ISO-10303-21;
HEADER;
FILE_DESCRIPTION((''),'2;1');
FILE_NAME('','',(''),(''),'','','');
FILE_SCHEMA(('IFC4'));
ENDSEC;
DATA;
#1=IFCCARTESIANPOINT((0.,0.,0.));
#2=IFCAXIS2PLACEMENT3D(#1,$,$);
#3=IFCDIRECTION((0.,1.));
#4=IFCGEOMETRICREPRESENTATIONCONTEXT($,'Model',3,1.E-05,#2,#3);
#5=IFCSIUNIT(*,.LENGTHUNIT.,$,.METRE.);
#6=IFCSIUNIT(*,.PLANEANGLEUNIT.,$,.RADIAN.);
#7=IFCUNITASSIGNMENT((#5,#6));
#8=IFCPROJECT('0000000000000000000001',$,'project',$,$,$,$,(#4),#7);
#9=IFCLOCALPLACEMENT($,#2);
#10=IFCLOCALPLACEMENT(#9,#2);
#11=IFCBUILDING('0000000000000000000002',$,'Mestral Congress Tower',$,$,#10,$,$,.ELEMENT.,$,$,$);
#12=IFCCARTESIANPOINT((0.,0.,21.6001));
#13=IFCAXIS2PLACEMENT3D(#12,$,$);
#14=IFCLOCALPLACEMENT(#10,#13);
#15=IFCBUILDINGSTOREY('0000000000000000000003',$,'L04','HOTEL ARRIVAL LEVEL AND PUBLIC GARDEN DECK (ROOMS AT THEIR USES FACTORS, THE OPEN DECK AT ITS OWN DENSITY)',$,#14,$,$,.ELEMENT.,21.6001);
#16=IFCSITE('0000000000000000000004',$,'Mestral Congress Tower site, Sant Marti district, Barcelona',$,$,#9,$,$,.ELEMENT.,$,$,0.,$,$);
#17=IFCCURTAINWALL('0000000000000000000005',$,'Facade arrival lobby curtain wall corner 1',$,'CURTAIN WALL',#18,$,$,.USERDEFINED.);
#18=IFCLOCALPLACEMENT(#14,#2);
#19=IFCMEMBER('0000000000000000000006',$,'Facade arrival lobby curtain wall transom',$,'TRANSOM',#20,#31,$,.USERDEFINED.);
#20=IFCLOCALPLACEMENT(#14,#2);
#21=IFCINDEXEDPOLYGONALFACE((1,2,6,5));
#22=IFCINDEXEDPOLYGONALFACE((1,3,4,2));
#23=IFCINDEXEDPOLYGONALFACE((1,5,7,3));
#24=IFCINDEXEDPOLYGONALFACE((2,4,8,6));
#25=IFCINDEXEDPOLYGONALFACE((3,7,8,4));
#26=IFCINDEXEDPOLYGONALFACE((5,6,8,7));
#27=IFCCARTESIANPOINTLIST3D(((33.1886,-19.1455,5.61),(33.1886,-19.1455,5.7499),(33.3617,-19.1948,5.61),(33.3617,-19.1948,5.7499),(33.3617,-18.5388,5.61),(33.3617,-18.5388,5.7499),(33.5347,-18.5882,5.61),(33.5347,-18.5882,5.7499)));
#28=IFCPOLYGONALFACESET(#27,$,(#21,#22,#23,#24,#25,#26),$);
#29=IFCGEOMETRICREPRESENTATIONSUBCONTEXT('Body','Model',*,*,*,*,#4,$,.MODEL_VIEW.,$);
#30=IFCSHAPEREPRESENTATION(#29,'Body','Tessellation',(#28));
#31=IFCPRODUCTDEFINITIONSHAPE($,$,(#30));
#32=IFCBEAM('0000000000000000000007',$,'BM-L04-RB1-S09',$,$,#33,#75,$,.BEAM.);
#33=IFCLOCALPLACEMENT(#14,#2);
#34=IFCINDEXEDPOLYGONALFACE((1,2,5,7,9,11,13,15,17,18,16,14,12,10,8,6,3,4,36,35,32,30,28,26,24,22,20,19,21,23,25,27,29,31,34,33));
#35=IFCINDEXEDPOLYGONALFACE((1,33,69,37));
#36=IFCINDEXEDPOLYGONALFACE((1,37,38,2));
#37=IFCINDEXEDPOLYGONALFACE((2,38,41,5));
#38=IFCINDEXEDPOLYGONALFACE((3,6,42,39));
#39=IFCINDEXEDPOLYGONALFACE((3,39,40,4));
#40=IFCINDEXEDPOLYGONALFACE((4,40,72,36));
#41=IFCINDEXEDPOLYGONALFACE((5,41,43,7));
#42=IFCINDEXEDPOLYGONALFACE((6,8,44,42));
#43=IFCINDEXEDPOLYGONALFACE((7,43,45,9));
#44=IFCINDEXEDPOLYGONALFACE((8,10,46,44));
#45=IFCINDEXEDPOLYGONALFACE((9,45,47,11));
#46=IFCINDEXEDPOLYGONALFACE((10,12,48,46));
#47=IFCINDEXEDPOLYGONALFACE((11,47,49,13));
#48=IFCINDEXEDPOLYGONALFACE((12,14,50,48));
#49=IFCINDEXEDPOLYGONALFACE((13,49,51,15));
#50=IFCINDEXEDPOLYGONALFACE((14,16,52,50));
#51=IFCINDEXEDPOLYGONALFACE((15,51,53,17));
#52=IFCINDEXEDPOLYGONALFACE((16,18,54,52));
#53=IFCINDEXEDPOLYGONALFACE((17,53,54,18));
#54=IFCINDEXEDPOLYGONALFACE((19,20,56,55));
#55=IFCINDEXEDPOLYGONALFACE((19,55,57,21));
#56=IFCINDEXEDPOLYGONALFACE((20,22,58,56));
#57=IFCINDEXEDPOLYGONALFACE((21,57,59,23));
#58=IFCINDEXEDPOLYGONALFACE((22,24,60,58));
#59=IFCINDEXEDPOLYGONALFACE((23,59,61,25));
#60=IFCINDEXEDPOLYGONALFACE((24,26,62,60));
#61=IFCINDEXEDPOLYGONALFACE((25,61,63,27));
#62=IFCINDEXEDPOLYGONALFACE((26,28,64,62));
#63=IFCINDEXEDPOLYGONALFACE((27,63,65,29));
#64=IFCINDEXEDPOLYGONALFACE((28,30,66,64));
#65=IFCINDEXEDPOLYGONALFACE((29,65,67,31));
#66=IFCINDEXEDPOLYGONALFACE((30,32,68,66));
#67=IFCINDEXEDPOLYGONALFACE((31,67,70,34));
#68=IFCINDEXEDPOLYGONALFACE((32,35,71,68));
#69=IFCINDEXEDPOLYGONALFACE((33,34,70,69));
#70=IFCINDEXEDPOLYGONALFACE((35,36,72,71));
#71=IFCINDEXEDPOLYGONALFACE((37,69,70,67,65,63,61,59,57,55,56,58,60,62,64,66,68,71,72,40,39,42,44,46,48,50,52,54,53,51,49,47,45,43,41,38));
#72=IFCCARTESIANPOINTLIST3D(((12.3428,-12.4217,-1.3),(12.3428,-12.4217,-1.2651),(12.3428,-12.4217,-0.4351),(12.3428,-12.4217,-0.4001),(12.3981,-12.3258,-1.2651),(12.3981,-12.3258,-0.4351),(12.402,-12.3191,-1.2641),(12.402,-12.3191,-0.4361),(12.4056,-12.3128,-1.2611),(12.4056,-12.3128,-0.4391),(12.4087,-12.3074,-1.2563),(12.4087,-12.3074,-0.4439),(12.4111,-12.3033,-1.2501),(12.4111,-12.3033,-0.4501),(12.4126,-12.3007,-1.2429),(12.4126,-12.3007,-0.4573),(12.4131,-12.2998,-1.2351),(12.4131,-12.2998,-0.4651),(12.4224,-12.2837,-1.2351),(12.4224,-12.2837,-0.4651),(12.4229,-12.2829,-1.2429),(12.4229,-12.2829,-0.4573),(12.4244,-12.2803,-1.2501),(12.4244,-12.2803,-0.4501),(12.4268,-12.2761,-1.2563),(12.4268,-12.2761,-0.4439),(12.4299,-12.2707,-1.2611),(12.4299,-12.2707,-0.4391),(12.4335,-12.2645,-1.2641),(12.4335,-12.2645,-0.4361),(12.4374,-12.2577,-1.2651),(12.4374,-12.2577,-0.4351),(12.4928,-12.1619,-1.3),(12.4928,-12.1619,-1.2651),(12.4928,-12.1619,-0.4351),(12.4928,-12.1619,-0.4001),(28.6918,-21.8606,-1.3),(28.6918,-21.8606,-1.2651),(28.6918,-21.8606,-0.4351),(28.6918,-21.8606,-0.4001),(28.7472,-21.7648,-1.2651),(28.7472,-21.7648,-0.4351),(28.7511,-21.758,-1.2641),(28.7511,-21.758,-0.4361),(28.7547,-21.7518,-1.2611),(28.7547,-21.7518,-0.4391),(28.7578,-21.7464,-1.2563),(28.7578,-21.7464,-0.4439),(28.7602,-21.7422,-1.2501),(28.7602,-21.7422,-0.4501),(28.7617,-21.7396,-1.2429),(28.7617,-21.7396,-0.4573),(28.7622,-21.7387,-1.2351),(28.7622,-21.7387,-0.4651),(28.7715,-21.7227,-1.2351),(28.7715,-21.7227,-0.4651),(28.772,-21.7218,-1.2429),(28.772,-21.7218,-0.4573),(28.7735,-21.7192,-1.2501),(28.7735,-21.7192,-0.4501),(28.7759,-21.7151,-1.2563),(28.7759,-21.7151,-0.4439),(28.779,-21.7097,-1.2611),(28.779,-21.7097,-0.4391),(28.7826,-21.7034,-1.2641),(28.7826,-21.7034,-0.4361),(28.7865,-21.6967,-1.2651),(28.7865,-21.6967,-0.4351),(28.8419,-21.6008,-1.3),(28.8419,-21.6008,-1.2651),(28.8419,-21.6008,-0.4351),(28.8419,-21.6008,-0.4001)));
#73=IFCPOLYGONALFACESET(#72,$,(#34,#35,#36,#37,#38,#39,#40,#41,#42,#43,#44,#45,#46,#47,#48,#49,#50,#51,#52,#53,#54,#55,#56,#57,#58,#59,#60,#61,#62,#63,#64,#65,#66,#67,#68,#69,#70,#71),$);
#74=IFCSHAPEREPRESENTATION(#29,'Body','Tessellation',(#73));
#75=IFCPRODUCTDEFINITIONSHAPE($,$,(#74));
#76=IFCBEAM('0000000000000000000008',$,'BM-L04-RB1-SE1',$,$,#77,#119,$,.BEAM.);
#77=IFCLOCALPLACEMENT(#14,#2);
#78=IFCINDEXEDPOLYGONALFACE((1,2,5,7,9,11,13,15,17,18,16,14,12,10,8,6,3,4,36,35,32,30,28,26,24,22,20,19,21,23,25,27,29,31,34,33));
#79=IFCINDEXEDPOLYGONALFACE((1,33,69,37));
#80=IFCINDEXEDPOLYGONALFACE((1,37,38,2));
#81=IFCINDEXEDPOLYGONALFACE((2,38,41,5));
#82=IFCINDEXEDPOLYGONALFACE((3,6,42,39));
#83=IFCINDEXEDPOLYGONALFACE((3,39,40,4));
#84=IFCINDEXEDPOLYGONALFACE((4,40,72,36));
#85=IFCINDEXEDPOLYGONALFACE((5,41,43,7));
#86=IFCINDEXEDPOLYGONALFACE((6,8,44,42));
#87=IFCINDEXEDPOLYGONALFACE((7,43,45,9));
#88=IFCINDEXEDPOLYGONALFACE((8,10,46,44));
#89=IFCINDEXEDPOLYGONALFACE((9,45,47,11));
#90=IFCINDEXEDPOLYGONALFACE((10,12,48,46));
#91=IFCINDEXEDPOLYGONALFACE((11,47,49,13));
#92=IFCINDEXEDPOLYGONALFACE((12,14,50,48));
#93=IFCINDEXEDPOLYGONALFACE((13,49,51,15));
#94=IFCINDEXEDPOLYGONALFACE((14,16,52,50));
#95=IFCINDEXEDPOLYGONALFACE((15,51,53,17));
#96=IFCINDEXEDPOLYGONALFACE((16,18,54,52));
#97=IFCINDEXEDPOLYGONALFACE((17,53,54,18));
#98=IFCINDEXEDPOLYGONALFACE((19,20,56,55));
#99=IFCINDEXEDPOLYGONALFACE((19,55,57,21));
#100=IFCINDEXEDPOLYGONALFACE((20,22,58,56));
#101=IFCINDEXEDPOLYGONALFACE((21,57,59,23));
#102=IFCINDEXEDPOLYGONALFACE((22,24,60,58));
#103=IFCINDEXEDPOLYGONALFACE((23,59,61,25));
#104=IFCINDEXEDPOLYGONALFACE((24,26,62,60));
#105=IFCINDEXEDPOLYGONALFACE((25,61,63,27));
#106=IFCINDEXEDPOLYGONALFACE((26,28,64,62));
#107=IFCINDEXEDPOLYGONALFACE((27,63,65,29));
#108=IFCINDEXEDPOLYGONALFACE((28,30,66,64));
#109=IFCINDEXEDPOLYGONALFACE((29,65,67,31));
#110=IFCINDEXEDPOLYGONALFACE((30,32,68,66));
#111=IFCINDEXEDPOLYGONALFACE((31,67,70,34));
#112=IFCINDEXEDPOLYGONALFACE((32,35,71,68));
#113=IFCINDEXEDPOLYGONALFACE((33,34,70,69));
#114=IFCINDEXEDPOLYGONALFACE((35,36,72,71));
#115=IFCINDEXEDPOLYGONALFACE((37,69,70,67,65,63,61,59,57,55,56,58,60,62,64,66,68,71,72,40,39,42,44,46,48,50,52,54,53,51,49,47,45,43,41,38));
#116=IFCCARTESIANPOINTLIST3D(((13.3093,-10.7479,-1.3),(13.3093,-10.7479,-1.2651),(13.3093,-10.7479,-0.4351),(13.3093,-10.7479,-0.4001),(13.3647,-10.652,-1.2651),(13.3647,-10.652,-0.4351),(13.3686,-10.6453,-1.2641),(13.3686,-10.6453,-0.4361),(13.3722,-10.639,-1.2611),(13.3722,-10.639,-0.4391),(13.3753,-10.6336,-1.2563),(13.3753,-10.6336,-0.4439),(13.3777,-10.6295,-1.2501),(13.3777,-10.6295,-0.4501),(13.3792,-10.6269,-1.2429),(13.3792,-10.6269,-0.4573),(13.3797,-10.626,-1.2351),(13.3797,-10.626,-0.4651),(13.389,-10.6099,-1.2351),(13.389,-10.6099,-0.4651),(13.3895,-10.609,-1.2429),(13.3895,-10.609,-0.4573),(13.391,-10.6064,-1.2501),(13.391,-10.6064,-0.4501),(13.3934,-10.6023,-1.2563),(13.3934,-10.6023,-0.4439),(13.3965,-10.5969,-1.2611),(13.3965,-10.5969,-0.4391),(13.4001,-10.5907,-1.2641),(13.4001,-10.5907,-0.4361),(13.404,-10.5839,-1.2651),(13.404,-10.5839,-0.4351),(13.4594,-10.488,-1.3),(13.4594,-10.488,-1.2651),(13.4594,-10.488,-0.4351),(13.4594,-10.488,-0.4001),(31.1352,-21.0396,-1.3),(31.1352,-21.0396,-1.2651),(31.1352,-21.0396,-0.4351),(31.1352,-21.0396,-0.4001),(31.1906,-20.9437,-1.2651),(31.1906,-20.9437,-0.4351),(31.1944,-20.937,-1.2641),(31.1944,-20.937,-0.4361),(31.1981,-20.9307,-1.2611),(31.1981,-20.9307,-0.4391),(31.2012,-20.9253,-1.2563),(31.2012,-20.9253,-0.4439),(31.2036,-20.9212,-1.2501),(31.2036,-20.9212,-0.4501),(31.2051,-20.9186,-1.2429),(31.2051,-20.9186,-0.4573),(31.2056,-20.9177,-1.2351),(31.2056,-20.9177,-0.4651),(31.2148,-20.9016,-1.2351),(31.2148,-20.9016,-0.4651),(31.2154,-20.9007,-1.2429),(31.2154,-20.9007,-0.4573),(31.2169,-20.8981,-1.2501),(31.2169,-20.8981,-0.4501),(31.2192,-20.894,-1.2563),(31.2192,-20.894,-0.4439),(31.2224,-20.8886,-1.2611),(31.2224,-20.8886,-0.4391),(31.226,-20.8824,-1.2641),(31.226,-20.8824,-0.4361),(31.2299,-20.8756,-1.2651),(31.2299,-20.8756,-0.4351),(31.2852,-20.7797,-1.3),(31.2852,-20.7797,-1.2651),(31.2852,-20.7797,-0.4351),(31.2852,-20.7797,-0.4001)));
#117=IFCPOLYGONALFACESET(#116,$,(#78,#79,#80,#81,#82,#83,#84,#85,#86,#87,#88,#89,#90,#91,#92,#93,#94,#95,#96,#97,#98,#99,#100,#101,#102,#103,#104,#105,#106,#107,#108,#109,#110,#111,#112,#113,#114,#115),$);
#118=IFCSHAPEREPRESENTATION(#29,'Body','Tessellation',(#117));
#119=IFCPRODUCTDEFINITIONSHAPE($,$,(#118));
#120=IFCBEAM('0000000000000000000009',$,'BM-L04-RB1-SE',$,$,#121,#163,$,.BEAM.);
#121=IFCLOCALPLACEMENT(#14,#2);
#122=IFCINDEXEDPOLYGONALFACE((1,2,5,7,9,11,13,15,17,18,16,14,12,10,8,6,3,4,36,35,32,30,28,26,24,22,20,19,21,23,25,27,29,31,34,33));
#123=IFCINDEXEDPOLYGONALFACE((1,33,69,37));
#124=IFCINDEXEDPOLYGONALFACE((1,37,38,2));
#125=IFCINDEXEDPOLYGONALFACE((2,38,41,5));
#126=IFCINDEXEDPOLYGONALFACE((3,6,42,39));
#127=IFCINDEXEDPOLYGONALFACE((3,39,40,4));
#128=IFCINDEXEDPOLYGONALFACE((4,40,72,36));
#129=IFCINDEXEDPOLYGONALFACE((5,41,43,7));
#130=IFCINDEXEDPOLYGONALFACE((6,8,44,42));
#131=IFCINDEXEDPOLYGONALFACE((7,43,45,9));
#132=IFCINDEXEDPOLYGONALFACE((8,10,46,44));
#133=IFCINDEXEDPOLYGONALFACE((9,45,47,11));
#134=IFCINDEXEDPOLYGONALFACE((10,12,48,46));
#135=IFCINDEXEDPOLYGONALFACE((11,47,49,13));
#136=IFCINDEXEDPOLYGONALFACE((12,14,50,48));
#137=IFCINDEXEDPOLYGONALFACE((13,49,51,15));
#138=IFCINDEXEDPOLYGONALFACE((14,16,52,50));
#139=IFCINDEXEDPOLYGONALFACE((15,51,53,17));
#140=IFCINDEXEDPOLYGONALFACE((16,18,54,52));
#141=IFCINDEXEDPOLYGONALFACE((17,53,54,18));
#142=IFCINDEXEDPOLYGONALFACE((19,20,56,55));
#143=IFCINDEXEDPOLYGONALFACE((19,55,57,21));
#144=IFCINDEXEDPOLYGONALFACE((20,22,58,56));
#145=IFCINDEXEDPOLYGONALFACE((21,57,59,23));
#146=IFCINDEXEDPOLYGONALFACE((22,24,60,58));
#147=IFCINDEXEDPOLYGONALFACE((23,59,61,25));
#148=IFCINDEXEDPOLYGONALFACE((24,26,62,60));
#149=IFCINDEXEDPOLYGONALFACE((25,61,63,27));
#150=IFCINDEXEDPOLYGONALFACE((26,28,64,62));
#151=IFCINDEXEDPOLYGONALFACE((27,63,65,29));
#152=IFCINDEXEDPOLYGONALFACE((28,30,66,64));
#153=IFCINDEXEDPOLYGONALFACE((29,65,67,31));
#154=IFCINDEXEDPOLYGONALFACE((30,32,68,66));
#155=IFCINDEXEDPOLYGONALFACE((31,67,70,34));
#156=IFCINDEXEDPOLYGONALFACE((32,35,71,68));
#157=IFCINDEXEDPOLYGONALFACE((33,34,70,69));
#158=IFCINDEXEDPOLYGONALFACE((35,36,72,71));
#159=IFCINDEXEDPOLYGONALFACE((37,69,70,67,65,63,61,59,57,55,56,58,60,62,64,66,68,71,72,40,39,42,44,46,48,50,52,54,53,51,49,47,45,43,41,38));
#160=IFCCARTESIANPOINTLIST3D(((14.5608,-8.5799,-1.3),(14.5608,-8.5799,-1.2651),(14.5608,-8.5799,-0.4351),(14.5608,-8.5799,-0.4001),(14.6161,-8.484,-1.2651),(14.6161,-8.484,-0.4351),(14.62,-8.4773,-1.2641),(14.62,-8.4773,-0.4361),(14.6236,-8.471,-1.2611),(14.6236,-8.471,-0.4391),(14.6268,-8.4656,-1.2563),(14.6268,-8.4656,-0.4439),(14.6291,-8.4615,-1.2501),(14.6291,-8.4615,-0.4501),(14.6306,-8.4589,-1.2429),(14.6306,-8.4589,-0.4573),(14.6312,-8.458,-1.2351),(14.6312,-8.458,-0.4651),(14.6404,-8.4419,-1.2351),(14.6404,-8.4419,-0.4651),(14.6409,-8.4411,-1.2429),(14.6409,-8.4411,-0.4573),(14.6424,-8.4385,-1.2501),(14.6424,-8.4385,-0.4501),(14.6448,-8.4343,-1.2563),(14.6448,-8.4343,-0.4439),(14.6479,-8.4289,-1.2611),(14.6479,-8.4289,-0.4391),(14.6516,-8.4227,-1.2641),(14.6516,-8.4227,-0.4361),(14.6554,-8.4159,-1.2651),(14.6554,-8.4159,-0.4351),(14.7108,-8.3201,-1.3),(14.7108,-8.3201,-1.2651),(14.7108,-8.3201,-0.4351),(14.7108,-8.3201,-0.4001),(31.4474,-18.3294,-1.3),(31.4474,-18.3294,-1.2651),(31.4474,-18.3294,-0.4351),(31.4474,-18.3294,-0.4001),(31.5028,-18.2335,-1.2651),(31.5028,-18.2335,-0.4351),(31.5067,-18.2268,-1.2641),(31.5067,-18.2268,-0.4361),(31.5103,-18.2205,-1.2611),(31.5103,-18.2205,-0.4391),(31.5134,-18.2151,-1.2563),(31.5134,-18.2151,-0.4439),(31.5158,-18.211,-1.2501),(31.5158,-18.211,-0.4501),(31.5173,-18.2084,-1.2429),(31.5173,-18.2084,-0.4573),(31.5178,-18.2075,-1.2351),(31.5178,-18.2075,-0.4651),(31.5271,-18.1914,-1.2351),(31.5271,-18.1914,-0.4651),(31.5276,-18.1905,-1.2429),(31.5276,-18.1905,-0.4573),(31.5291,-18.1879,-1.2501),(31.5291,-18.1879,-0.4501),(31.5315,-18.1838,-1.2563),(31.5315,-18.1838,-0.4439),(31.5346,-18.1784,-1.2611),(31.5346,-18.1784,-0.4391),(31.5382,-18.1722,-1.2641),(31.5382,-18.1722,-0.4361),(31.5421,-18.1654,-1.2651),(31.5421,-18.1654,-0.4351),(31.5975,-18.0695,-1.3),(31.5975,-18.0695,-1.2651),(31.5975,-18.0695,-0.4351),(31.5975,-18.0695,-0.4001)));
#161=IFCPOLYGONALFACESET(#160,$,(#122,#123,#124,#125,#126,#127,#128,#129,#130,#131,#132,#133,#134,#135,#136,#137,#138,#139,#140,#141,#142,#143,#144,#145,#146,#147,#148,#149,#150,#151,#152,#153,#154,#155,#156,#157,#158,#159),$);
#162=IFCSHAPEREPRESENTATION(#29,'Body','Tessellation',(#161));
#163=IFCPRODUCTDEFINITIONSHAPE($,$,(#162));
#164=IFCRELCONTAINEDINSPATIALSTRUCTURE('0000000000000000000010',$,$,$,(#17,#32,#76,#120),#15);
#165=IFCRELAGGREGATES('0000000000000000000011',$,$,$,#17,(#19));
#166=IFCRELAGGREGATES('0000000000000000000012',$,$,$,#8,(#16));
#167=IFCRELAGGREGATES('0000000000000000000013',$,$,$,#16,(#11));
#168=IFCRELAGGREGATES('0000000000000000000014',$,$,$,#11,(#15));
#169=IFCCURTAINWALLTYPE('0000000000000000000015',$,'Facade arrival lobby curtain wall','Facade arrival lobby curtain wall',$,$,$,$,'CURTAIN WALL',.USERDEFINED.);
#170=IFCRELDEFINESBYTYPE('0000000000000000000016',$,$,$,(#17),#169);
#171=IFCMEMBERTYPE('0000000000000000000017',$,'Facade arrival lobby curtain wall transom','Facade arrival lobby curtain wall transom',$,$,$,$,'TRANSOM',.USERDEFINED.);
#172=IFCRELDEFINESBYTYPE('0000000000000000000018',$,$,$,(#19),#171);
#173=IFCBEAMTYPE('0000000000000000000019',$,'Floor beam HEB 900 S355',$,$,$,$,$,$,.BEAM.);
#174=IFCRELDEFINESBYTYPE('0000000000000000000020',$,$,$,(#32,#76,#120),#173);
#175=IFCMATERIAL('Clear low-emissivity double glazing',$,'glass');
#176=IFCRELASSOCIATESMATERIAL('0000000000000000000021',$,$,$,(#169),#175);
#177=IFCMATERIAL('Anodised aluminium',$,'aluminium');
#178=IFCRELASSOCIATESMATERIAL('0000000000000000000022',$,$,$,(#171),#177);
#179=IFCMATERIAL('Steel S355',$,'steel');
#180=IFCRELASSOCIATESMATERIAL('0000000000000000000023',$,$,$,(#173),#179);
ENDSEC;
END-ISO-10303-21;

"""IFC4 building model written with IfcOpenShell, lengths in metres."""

from ifc_helpers import new_model, si_unit, direction, frame, origin, origin_2d, place, context, subcontext, project, spatial, rectangle, i_section, extrude, material, material_profile, profile_set, type_object, element, aggregate, save


model = new_model("IFC4")

# Units and contexts
model_context = context("Model", 3, precision=1e-05, world=origin(), true_north=direction((0.0, 1.0)))
body_context = subcontext(model_context, "Body", "Model", "MODEL_VIEW")
ifc_project = project(units=[si_unit("LENGTHUNIT", "METRE"), si_unit("PLANEANGLEUNIT", "RADIAN")], contexts=[model_context])

# Site, building, storey
site_placement = place(None, origin())
site = spatial("IfcSite", under=ifc_project, at=site_placement, Name="Mestral Congress Tower site, Sant Marti district, Barcelona", CompositionType="ELEMENT", RefElevation=0.0)
building_placement = place(site_placement, origin())
building = spatial("IfcBuilding", under=site, at=building_placement, Name="Mestral Congress Tower", CompositionType="ELEMENT")
storey_placement = place(building_placement, frame((0.0, 0.0, 21.6001)))
storey = spatial("IfcBuildingStorey", under=building, at=storey_placement, Name="L04", Description="HOTEL ARRIVAL LEVEL AND PUBLIC GARDEN DECK (ROOMS AT THEIR USES FACTORS, THE OPEN DECK AT ITS OWN DENSITY)", CompositionType="ELEMENT", Elevation=21.6001)

# Curtain wall, member
ifc_material_1 = material(Name="Clear low-emissivity double glazing", Category="glass")
curtain_wall_type = type_object("IfcCurtainWallType", Name="Facade arrival lobby curtain wall", Description="Facade arrival lobby curtain wall", ElementType="CURTAIN WALL", PredefinedType="USERDEFINED", material=ifc_material_1)
curtain_wall_placement = place(storey_placement, origin())
curtain_wall = element("IfcCurtainWall", 1, at=curtain_wall_placement, inside=storey, type_object=curtain_wall_type, Name="Facade arrival lobby curtain wall corner 1", ObjectType="CURTAIN WALL", PredefinedType="USERDEFINED")
ifc_material_2 = material(Name="Anodised aluminium", Category="aluminium")
ifc_material_profile_1 = material_profile(ifc_material_2, rectangle(XDim=0.1799, YDim=0.1399, at=origin_2d()), Name="CW4 transom 180 x 140")
ifc_profile_set_1 = profile_set([ifc_material_profile_1], Name="Anodised aluminium")
member_type_1 = type_object("IfcMemberType", Name="Facade arrival lobby curtain wall transom", Description="Facade arrival lobby curtain wall transom", ElementType="TRANSOM", PredefinedType="USERDEFINED", material=ifc_profile_set_1)
member_1_placement = place(storey_placement, frame((33.2751, -19.1702, 5.6799), z_axis=(0.274363, 0.961626, 0.0), x_axis=(-0.961626, 0.274363, 0.0)))
member_1 = element("IfcMember", 2, at=member_1_placement, type_object=member_type_1, Name="Facade arrival lobby curtain wall transom", ObjectType="TRANSOM", PredefinedType="USERDEFINED", context=body_context, shape_type="SweptSolid", body=[
    extrude(rectangle(XDim=0.1799, YDim=0.1399, at=origin_2d()), origin(), (0.0, 0.0, 1.0), 0.6309),
])

# Beams
ifc_material_3 = material(Name="Steel S355", Category="steel")
ifc_material_profile_2 = material_profile(ifc_material_3, i_section(OverallWidth=0.3, OverallDepth=0.8999, WebThickness=0.0186, FlangeThickness=0.0349, FilletRadius=0.03, at=origin_2d()), Name="HEB 900")
ifc_profile_set_2 = profile_set([ifc_material_profile_2], Name="Steel S355")
beam_type_1 = type_object("IfcBeamType", Name="Floor beam HEB 900 S355", PredefinedType="BEAM", material=ifc_profile_set_2)
beam_1_placement = place(storey_placement, frame((28.7668, -21.7307, -0.8501), z_axis=(-0.86603, 0.499992, 0.0), x_axis=(-0.499992, -0.86603, 0.0)))
element("IfcBeam", 3, at=beam_1_placement, inside=storey, type_object=beam_type_1, Name="BM-L04-RB1-S09", PredefinedType="BEAM", context=body_context, shape_type="SweptSolid", body=[
    extrude(i_section(OverallWidth=0.3, OverallDepth=0.8999, WebThickness=0.0186, FlangeThickness=0.0349, FilletRadius=0.03, at=origin_2d()), origin(), (0.0, 0.0, 1.0), 18.8782),
])
beam_2_placement = place(storey_placement, frame((31.2102, -20.9097, -0.8501), z_axis=(-0.866027, 0.499998, 0.0), x_axis=(-0.499998, -0.866027, 0.0)))
element("IfcBeam", 4, at=beam_2_placement, inside=storey, type_object=beam_type_1, Name="BM-L04-RB1-SE1", PredefinedType="BEAM", context=body_context, shape_type="SweptSolid", body=[
    extrude(i_section(OverallWidth=0.3, OverallDepth=0.8999, WebThickness=0.0186, FlangeThickness=0.0349, FilletRadius=0.03, at=origin_2d()), origin(), (0.0, 0.0, 1.0), 20.5835),
])
beam_3_placement = place(storey_placement, frame((31.5225, -18.1995, -0.8501), z_axis=(-0.866026, 0.499998, 0.0), x_axis=(-0.499998, -0.866026, 0.0)))
element("IfcBeam", 5, at=beam_3_placement, inside=storey, type_object=beam_type_1, Name="BM-L04-RB1-SE", PredefinedType="BEAM", context=body_context, shape_type="SweptSolid", body=[
    extrude(i_section(OverallWidth=0.3, OverallDepth=0.8999, WebThickness=0.0186, FlangeThickness=0.0349, FilletRadius=0.03, at=origin_2d()), origin(), (0.0, 0.0, 1.0), 19.499),
])

aggregate(curtain_wall, [member_1])

save(model, "model.ifc")
